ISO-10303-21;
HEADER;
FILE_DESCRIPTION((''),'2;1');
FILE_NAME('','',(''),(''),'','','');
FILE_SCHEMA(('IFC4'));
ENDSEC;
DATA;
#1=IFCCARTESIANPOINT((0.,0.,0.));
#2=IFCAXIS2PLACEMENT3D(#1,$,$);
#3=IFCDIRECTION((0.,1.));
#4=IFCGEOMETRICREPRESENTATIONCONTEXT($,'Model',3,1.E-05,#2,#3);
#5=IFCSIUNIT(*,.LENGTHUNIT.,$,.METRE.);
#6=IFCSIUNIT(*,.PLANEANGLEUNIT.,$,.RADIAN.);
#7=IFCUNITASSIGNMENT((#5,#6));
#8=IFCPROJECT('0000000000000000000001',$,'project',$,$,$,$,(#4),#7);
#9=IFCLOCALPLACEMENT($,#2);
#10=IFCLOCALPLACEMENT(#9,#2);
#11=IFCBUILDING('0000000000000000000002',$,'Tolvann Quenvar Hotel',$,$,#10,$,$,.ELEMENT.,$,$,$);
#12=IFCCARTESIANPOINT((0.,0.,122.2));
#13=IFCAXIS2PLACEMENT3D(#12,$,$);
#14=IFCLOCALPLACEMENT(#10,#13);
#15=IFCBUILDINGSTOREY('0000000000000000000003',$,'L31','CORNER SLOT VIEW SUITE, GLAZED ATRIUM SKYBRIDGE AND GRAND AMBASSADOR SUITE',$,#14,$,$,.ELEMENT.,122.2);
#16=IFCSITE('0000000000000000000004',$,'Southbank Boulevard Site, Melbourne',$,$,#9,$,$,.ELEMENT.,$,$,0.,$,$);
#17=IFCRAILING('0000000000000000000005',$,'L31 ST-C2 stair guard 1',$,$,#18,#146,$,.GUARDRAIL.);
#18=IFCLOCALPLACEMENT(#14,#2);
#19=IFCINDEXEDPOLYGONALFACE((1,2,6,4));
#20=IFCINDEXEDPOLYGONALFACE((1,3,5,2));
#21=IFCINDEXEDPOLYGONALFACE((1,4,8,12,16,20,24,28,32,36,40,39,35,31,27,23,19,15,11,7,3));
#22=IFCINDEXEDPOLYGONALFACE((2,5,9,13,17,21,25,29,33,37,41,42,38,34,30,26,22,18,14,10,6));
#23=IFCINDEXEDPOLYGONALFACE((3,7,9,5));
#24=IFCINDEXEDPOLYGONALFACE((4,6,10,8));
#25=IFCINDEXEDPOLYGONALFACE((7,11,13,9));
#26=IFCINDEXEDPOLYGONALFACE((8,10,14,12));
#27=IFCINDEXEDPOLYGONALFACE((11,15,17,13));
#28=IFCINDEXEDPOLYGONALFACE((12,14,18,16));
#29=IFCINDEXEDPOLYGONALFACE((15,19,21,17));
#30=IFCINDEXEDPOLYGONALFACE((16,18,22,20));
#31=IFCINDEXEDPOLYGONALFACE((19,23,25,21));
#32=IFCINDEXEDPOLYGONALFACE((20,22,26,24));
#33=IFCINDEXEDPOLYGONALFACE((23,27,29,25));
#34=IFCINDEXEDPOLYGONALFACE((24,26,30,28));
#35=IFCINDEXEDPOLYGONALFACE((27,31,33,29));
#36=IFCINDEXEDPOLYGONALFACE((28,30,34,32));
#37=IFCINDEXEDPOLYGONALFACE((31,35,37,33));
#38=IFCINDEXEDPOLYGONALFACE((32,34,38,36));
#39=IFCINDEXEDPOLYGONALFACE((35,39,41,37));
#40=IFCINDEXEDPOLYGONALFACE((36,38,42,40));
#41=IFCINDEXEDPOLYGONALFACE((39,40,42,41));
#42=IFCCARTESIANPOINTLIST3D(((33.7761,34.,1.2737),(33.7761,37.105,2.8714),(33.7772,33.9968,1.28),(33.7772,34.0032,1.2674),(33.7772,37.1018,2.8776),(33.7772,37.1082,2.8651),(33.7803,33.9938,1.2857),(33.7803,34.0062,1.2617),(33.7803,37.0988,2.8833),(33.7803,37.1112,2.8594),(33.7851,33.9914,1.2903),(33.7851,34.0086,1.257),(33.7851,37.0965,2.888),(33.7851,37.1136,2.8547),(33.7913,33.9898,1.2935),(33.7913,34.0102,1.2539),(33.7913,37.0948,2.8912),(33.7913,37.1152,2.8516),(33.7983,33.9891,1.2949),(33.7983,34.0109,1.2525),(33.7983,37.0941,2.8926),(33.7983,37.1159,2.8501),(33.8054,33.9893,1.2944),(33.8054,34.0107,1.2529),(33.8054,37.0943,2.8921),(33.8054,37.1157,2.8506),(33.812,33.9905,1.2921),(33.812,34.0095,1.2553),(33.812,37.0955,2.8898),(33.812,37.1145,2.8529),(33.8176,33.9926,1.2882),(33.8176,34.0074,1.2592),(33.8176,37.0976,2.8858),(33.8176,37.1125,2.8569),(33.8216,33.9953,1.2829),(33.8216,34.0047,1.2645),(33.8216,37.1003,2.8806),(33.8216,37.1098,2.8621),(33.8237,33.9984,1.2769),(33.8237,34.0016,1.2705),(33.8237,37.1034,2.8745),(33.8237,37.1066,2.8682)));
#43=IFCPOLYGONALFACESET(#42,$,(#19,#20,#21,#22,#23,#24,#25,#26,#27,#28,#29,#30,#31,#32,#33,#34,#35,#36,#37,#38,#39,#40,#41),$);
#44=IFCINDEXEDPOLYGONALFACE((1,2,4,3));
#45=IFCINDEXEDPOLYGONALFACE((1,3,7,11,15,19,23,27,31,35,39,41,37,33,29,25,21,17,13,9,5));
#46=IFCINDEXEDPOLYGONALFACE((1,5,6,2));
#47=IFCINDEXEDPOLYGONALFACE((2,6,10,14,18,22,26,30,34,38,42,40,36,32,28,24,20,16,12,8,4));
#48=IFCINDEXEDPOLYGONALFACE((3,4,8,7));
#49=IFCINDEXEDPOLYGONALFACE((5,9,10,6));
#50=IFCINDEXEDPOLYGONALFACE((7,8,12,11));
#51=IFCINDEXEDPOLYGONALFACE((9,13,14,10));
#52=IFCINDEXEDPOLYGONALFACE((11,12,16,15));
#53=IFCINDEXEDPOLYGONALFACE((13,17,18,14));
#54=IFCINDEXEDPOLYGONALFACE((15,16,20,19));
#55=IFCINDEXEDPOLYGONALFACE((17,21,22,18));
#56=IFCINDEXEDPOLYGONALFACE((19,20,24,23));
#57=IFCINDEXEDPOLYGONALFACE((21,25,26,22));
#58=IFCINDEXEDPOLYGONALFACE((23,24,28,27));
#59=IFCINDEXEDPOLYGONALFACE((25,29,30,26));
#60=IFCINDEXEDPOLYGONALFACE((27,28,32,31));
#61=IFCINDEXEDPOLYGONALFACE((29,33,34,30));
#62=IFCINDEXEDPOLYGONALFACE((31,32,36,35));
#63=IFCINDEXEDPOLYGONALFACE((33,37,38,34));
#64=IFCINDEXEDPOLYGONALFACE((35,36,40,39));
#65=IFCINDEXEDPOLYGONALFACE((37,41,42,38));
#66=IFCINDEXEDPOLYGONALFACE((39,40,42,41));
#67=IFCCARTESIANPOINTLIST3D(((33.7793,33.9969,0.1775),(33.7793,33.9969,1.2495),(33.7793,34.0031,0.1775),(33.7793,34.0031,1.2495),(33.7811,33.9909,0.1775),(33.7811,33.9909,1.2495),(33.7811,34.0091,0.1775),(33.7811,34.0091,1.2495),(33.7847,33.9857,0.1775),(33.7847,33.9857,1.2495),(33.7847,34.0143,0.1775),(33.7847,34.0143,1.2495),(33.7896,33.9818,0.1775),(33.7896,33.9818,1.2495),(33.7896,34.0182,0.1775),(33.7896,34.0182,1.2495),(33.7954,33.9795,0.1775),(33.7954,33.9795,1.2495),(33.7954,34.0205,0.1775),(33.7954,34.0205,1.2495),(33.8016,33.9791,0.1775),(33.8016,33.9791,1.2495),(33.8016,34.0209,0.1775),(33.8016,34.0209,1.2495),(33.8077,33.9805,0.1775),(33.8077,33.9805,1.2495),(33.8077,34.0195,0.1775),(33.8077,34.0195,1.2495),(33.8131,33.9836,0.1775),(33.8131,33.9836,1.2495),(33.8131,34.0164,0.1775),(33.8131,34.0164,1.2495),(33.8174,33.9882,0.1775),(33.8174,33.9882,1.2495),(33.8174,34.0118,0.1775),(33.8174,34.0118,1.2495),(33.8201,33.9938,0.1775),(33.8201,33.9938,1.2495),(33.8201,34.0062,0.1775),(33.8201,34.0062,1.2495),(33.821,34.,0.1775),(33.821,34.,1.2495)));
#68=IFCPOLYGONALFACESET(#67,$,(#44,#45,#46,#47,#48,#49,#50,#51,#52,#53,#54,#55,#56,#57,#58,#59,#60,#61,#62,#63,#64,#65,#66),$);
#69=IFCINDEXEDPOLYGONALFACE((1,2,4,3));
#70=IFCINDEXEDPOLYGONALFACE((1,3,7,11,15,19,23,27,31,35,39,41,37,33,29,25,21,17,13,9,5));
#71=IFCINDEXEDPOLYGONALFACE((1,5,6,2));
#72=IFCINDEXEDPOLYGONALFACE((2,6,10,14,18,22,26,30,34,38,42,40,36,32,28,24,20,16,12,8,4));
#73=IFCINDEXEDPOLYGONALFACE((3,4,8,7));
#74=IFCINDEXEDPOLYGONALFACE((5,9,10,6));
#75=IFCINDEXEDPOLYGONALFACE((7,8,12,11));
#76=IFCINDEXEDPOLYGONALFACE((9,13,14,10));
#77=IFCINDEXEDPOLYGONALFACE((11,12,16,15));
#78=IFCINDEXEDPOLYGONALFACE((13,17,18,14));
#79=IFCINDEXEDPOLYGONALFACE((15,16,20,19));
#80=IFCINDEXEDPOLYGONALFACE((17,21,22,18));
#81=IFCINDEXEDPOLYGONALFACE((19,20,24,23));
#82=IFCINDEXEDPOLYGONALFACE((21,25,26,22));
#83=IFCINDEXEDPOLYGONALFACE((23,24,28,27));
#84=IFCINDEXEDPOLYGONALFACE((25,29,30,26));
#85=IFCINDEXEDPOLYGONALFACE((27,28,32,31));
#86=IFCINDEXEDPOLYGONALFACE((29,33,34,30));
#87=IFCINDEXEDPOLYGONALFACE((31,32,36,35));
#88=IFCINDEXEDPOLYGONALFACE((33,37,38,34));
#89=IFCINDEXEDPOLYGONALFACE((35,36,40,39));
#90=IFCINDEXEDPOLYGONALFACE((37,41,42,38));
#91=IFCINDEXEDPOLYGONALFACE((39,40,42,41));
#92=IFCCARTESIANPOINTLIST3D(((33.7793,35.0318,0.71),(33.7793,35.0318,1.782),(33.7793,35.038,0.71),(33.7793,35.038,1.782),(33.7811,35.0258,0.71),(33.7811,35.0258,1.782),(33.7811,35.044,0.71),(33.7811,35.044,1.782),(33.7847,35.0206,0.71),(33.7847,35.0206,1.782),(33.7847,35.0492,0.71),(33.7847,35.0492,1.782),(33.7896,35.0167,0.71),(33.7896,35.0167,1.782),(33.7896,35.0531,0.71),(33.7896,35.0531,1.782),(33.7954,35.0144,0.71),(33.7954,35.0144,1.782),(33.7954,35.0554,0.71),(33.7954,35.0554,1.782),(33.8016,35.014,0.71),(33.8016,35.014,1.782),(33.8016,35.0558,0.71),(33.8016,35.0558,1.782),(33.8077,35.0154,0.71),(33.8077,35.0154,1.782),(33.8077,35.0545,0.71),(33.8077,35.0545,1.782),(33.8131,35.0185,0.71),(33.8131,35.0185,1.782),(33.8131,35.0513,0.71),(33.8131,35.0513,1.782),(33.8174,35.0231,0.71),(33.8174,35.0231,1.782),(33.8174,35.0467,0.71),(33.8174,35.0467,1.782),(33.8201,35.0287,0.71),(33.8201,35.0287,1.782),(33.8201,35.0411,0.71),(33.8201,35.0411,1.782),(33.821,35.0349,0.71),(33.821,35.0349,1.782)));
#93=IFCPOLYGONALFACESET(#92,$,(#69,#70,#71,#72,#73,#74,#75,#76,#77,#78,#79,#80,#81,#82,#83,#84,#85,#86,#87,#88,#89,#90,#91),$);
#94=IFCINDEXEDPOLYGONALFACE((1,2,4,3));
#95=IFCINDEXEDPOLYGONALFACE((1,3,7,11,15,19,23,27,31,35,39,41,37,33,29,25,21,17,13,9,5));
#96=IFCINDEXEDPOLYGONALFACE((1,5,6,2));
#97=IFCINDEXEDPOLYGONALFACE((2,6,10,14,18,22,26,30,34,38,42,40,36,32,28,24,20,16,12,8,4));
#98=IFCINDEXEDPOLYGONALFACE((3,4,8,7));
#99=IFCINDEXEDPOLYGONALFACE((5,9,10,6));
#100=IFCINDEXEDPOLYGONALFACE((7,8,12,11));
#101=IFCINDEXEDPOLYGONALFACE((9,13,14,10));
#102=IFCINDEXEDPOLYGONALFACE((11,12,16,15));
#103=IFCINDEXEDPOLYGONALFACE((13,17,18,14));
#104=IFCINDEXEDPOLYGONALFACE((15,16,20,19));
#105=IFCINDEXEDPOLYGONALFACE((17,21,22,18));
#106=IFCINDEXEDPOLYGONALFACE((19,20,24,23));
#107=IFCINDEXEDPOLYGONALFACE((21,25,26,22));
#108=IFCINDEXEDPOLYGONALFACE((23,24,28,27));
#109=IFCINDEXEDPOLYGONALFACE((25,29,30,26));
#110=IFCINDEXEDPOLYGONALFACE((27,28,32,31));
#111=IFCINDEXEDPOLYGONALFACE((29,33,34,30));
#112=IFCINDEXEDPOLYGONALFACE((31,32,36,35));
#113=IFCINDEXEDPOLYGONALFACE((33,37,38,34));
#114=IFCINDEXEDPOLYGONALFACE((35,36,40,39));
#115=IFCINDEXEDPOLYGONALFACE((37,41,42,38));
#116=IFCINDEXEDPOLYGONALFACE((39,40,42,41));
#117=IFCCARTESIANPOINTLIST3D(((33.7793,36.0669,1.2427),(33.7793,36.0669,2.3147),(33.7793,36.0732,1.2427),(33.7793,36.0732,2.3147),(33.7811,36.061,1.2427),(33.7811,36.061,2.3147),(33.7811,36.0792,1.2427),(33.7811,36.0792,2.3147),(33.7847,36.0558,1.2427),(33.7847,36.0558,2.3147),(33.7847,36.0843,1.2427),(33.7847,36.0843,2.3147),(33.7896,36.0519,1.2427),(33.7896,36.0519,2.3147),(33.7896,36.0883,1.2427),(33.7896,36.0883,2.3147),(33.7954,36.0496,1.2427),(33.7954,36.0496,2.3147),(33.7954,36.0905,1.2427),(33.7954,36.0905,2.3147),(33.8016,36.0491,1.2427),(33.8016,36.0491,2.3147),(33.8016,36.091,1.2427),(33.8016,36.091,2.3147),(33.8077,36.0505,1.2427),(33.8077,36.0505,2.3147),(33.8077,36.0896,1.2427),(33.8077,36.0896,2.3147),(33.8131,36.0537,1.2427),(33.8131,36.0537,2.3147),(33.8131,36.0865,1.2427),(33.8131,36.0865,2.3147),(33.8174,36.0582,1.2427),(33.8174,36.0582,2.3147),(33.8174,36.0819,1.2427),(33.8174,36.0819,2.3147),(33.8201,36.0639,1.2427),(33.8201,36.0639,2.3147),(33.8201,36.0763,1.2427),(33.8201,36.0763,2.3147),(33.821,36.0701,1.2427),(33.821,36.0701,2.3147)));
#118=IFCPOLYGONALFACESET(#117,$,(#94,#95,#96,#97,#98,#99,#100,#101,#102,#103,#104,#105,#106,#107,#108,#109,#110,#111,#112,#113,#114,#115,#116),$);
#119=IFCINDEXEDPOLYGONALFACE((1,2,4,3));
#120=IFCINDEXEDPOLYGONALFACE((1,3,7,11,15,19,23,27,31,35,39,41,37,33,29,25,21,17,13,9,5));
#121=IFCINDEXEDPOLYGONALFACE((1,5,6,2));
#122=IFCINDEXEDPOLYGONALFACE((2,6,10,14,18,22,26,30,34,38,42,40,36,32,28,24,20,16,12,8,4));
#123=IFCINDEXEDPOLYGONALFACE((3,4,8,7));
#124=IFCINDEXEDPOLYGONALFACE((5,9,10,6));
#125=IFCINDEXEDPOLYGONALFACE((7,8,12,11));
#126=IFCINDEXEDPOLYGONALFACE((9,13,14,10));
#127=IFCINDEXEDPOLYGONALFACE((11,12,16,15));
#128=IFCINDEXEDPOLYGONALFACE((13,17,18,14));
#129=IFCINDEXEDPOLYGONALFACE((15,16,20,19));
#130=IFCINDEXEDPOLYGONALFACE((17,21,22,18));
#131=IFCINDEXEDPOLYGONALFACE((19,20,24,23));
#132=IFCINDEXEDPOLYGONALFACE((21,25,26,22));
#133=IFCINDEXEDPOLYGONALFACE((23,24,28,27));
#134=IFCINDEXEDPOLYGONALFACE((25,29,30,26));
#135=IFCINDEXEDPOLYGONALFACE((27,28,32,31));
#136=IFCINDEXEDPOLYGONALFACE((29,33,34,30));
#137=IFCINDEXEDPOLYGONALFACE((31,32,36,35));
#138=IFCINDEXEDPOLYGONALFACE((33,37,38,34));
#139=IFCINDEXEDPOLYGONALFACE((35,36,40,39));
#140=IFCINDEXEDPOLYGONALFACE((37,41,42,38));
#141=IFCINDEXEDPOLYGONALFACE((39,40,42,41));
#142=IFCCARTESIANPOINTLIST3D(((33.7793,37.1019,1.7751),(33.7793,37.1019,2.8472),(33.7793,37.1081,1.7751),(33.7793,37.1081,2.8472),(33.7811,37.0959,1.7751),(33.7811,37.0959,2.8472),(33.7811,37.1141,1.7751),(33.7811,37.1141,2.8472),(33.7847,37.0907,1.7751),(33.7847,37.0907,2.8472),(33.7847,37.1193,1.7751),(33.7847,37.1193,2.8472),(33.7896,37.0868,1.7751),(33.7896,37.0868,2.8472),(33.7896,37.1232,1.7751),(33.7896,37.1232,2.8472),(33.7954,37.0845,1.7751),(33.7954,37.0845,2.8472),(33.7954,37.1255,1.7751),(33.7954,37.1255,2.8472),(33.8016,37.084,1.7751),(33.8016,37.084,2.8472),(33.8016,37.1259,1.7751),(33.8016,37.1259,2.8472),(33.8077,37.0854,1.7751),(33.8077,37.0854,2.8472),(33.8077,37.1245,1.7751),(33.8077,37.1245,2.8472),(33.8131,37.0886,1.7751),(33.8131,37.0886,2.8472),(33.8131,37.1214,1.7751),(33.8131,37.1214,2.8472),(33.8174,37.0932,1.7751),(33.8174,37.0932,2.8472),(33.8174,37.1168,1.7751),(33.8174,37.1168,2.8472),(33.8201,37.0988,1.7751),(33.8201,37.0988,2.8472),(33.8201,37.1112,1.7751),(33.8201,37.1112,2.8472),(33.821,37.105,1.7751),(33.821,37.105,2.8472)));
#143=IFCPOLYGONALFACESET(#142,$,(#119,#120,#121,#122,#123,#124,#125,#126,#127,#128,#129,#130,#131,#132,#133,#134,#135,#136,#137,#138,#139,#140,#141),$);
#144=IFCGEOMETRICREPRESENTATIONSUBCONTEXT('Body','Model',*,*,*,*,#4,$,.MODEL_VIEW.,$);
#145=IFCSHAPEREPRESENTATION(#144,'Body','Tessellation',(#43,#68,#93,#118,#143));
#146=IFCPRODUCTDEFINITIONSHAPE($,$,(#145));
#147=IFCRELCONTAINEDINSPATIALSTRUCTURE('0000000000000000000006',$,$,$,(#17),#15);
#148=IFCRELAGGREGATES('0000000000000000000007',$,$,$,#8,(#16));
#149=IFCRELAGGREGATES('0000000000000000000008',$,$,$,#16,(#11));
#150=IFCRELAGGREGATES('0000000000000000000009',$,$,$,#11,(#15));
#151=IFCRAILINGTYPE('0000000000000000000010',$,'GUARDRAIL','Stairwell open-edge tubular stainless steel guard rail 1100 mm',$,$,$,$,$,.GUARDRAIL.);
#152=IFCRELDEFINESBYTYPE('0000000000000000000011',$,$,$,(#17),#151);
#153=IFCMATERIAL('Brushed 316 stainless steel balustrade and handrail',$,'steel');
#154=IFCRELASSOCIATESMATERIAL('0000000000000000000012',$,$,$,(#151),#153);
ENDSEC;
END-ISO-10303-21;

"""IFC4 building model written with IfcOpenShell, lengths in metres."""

from ifc_helpers import new_model, si_unit, direction, frame, origin, origin_2d, place, context, subcontext, project, spatial, circle, extrude, material, type_object, element, save


model = new_model("IFC4")

# Units and contexts
model_context = context("Model", 3, precision=1e-05, world=origin(), true_north=direction((0.0, 1.0)))
body_context = subcontext(model_context, "Body", "Model", "MODEL_VIEW")
ifc_project = project(units=[si_unit("LENGTHUNIT", "METRE"), si_unit("PLANEANGLEUNIT", "RADIAN")], contexts=[model_context])

# Site, building, storey
site_placement = place(None, origin())
site = spatial("IfcSite", under=ifc_project, at=site_placement, Name="Southbank Boulevard Site, Melbourne", CompositionType="ELEMENT", RefElevation=0.0)
building_placement = place(site_placement, origin())
building = spatial("IfcBuilding", under=site, at=building_placement, Name="Tolvann Quenvar Hotel", CompositionType="ELEMENT")
storey_placement = place(building_placement, frame((0.0, 0.0, 122.2)))
storey = spatial("IfcBuildingStorey", under=building, at=storey_placement, Name="L31", Description="CORNER SLOT VIEW SUITE, GLAZED ATRIUM SKYBRIDGE AND GRAND AMBASSADOR SUITE", CompositionType="ELEMENT", Elevation=122.2)

# Railing
ifc_material_1 = material(Name="Brushed 316 stainless steel balustrade and handrail", Category="steel")
railing_type_1 = type_object("IfcRailingType", Name="GUARDRAIL", Description="Stairwell open-edge tubular stainless steel guard rail 1100 mm", PredefinedType="GUARDRAIL", material=ifc_material_1)
railing_1_placement = place(storey_placement, frame((33.8, 34.0, 0.1775)))
element("IfcRailing", 1, at=railing_1_placement, inside=storey, type_object=railing_type_1, Name="L31 ST-C2 stair guard 1", PredefinedType="GUARDRAIL", context=body_context, shape_type="SweptSolid", body=[
    extrude(circle(Radius=0.0239, at=origin_2d()), frame((0.0, 0.0, 1.0962), z_axis=(0.0, 0.889194, 0.457531), x_axis=(-1.0, 0.0, 0.0)), (0.0, 0.0, 1.0), 3.4919),
    extrude(circle(Radius=0.021, at=origin_2d()), origin(), (0.0, 0.0, 1.0), 1.072),
    extrude(circle(Radius=0.021, at=origin_2d()), frame((0.0, 1.0349, 0.5325)), (0.0, 0.0, 1.0), 1.072),
    extrude(circle(Radius=0.021, at=origin_2d()), frame((0.0, 2.0701, 1.0652)), (0.0, 0.0, 1.0), 1.072),
    extrude(circle(Radius=0.021, at=origin_2d()), frame((0.0, 3.105, 1.5977)), (0.0, 0.0, 1.0), 1.072),
])

save(model, "model.ifc")
